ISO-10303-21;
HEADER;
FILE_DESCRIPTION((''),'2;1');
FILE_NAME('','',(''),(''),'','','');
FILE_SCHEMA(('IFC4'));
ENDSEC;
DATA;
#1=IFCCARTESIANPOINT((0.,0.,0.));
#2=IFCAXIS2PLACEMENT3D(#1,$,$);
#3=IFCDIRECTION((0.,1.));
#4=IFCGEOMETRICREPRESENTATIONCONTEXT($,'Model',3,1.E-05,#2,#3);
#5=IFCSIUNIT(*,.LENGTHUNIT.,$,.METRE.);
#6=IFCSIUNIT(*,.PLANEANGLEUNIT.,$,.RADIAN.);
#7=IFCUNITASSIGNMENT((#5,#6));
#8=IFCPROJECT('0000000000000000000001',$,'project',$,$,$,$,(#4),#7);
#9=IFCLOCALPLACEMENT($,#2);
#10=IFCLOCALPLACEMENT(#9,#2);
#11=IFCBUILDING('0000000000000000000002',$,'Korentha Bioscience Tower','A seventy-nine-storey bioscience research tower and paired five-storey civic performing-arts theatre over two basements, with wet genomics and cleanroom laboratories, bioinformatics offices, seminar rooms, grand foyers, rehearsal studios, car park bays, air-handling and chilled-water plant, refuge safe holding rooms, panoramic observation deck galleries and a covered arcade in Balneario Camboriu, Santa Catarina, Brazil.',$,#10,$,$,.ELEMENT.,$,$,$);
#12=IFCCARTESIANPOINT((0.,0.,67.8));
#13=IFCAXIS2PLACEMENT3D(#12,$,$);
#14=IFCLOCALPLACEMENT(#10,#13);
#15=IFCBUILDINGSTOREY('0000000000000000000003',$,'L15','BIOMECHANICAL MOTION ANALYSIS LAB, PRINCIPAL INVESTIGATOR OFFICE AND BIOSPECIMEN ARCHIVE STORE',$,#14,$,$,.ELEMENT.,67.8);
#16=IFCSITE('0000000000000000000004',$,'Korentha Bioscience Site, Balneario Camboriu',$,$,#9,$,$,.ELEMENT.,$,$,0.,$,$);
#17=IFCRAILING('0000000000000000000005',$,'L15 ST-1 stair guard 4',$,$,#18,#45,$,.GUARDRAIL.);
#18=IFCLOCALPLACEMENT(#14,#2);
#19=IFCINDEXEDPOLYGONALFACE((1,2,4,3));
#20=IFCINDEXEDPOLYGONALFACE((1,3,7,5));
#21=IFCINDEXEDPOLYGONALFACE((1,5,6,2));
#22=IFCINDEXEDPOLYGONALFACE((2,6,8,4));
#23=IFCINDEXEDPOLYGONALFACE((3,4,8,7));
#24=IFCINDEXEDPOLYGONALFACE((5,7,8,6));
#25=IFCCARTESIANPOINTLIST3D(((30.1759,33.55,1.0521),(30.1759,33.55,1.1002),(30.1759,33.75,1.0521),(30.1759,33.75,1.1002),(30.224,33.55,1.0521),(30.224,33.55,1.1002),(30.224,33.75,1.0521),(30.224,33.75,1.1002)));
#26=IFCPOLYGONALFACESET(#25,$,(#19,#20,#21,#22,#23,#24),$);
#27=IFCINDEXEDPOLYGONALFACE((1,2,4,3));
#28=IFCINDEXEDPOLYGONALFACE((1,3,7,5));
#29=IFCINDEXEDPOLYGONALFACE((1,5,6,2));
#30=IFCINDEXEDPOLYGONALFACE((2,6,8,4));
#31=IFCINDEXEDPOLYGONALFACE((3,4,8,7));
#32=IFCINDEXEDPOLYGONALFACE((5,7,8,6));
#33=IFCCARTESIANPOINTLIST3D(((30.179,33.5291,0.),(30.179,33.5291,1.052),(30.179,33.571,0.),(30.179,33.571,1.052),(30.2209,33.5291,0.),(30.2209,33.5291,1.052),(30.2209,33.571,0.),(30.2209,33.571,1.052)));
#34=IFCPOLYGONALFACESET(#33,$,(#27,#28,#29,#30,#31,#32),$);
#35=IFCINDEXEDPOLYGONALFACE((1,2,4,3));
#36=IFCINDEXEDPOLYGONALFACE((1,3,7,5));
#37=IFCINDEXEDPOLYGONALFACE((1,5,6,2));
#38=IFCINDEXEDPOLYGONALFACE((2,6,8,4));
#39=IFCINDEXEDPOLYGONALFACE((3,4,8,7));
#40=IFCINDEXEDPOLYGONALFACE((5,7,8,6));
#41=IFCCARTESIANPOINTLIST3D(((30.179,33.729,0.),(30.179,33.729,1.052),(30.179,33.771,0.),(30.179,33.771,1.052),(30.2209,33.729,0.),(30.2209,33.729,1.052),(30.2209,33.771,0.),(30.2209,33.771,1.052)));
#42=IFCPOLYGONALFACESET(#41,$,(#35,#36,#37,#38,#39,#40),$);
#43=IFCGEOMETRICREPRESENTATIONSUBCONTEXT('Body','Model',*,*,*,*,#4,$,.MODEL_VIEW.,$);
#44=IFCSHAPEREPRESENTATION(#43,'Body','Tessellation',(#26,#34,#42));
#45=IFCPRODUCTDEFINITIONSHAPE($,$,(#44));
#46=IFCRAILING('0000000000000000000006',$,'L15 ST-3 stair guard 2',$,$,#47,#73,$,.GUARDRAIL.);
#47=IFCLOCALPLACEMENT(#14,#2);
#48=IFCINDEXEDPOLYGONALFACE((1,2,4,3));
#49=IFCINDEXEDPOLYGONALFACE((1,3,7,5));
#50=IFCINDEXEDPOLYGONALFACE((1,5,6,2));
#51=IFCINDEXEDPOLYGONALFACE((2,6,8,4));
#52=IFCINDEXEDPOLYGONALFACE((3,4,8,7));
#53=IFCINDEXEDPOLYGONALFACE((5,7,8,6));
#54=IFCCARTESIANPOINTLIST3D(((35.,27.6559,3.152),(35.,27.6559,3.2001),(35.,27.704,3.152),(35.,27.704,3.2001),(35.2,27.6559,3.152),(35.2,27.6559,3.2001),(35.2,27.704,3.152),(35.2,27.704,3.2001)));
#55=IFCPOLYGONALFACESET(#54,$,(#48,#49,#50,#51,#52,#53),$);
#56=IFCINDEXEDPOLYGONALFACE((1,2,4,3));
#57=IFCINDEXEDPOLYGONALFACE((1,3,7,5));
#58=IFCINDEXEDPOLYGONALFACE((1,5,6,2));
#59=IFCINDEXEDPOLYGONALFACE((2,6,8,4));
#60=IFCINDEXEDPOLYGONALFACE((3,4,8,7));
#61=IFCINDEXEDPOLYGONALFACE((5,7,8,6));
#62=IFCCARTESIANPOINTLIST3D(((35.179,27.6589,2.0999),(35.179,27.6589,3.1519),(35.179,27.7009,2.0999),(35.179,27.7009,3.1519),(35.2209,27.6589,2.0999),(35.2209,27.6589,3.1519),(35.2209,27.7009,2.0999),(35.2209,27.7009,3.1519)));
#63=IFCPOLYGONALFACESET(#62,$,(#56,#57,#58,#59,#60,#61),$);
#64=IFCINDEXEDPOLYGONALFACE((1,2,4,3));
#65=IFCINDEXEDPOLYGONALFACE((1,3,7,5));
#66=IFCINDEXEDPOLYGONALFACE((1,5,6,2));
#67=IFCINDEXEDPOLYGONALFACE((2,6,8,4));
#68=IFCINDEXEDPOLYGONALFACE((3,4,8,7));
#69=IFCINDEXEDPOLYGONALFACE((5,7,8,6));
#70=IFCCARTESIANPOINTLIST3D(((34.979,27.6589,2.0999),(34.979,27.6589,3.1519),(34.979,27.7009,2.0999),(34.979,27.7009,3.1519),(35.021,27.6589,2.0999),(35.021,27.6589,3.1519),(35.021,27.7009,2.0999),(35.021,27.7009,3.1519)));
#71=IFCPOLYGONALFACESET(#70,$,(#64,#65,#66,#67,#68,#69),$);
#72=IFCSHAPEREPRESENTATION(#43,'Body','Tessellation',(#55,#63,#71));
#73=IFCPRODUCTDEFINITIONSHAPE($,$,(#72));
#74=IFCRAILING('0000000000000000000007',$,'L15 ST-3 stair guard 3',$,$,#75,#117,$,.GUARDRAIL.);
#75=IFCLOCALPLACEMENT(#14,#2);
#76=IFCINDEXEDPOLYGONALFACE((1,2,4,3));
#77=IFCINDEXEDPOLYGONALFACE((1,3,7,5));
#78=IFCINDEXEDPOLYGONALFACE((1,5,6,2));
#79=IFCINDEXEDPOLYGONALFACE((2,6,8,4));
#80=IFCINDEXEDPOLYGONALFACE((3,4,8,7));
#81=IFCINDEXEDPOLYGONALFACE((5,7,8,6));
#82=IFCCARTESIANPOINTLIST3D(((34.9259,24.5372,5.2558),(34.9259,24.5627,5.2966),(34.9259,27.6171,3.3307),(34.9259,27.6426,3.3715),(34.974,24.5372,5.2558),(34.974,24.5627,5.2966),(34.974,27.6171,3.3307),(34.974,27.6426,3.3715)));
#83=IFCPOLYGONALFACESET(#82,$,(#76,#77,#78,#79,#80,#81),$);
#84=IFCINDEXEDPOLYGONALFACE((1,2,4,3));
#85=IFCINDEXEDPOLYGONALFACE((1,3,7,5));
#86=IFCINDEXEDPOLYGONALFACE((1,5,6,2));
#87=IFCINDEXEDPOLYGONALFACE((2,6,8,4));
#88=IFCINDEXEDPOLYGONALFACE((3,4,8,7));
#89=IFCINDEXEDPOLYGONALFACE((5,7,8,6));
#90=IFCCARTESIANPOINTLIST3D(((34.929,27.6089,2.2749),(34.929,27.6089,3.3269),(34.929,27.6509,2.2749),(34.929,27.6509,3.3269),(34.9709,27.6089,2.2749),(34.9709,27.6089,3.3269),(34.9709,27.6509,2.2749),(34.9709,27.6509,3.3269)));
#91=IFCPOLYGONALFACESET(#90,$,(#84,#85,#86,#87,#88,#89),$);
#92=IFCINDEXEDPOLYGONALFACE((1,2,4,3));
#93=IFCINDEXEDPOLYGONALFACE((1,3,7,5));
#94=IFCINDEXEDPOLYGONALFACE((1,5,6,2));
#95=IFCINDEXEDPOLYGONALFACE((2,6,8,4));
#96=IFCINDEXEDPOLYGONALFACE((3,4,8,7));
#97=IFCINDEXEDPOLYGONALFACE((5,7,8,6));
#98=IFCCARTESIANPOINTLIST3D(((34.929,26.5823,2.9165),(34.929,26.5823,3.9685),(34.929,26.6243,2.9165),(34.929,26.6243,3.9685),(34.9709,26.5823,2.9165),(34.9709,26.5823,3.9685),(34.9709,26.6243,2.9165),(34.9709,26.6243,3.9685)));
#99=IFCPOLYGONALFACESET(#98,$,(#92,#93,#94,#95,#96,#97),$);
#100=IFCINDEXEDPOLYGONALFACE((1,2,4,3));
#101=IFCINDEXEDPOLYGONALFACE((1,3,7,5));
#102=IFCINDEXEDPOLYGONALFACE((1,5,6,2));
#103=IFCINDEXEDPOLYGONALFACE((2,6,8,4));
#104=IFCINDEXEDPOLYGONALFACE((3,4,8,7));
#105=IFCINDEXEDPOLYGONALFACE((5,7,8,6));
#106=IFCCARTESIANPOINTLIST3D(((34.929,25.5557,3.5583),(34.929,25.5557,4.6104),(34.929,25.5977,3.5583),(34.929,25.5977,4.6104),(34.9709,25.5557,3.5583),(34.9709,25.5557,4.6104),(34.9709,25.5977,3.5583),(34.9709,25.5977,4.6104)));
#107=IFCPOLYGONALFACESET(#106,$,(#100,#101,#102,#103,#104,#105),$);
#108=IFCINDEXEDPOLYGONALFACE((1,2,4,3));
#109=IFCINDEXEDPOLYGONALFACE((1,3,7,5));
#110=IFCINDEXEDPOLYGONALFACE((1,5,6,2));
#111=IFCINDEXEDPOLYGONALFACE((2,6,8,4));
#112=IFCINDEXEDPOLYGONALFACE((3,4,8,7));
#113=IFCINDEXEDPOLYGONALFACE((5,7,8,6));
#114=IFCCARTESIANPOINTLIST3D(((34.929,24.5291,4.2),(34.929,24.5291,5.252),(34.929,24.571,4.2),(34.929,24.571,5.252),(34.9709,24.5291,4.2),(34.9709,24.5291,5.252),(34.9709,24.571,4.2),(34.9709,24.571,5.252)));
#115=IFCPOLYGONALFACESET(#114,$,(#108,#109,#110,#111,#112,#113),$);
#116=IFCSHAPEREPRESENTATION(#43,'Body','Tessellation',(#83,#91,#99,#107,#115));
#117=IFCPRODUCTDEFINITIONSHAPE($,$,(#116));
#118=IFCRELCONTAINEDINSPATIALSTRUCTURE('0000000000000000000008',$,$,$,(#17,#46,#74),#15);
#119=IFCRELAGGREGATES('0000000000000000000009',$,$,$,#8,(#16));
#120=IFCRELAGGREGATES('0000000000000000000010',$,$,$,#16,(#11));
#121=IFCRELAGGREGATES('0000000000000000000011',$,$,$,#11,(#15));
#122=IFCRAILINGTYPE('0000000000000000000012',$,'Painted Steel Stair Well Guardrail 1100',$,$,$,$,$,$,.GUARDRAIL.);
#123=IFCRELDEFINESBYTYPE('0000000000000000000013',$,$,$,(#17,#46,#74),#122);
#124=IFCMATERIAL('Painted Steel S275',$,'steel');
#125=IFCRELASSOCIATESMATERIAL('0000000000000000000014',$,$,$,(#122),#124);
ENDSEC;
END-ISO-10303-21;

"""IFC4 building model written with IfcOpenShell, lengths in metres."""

from ifc_helpers import new_model, si_unit, direction, frame, origin, origin_2d, place, context, subcontext, project, spatial, rectangle, extrude, material, type_object, element, save


model = new_model("IFC4")

# Units and contexts
model_context = context("Model", 3, precision=1e-05, world=origin(), true_north=direction((0.0, 1.0)))
body_context = subcontext(model_context, "Body", "Model", "MODEL_VIEW")
ifc_project = project(units=[si_unit("LENGTHUNIT", "METRE"), si_unit("PLANEANGLEUNIT", "RADIAN")], contexts=[model_context])

# Site, building, storey
site_placement = place(None, origin())
site = spatial("IfcSite", under=ifc_project, at=site_placement, Name="Korentha Bioscience Site, Balneario Camboriu", CompositionType="ELEMENT", RefElevation=0.0)
building_placement = place(site_placement, origin())
building = spatial("IfcBuilding", under=site, at=building_placement, Name="Korentha Bioscience Tower", Description="A seventy-nine-storey bioscience research tower and paired five-storey civic performing-arts theatre over two basements, with wet genomics and cleanroom laboratories, bioinformatics offices, seminar rooms, grand foyers, rehearsal studios, car park bays, air-handling and chilled-water plant, refuge safe holding rooms, panoramic observation deck galleries and a covered arcade in Balneario Camboriu, Santa Catarina, Brazil.", CompositionType="ELEMENT")
storey_placement = place(building_placement, frame((0.0, 0.0, 67.8)))
storey = spatial("IfcBuildingStorey", under=building, at=storey_placement, Name="L15", Description="BIOMECHANICAL MOTION ANALYSIS LAB, PRINCIPAL INVESTIGATOR OFFICE AND BIOSPECIMEN ARCHIVE STORE", CompositionType="ELEMENT", Elevation=67.8)

# Railings
ifc_material_1 = material(Name="Painted Steel S275", Category="steel")
railing_type_1 = type_object("IfcRailingType", Name="Painted Steel Stair Well Guardrail 1100", PredefinedType="GUARDRAIL", material=ifc_material_1)
railing_1_placement = place(storey_placement, frame((30.2, 33.55, 0.0)))
element("IfcRailing", 1, at=railing_1_placement, inside=storey, type_object=railing_type_1, Name="L15 ST-1 stair guard 4", PredefinedType="GUARDRAIL", context=body_context, shape_type="SweptSolid", body=[
    extrude(rectangle(XDim=0.0481, YDim=0.0481, at=origin_2d()), frame((0.0, 0.0, 1.0762), z_axis=(0.0, 1.0, 0.0), x_axis=(-1.0, 0.0, 0.0)), (0.0, 0.0, 1.0), 0.2),
    extrude(rectangle(XDim=0.042, YDim=0.042, at=origin_2d()), origin(), (0.0, 0.0, 1.0), 1.052),
    extrude(rectangle(XDim=0.042, YDim=0.042, at=origin_2d()), frame((0.0, 0.2, 0.0)), (0.0, 0.0, 1.0), 1.052),
])
railing_2_placement = place(storey_placement, frame((35.2, 27.6799, 2.0999)))
element("IfcRailing", 2, at=railing_2_placement, inside=storey, type_object=railing_type_1, Name="L15 ST-3 stair guard 2", PredefinedType="GUARDRAIL", context=body_context, shape_type="SweptSolid", body=[
    extrude(rectangle(XDim=0.0481, YDim=0.0481, at=origin_2d()), frame((0.0, 0.0, 1.0762), z_axis=(-1.0, 0.0, 0.0), x_axis=(0.0, -1.0, 0.0)), (0.0, 0.0, 1.0), 0.2),
    extrude(rectangle(XDim=0.042, YDim=0.042, at=origin_2d()), origin(), (0.0, 0.0, 1.0), 1.052),
    extrude(rectangle(XDim=0.042, YDim=0.042, at=origin_2d()), frame((-0.2, 0.0, 0.0)), (0.0, 0.0, 1.0), 1.052),
])
railing_3_placement = place(storey_placement, frame((34.95, 27.6299, 2.2749)))
element("IfcRailing", 3, at=railing_3_placement, inside=storey, type_object=railing_type_1, Name="L15 ST-3 stair guard 3", PredefinedType="GUARDRAIL", context=body_context, shape_type="SweptSolid", body=[
    extrude(rectangle(XDim=0.0481, YDim=0.0481, at=origin_2d()), frame((0.0, 0.0, 1.0762), z_axis=(0.0, -0.847979, 0.530029), x_axis=(1.0, 0.0, 0.0)), (0.0, 0.0, 1.0), 3.6321),
    extrude(rectangle(XDim=0.042, YDim=0.042, at=origin_2d()), origin(), (0.0, 0.0, 1.0), 1.052),
    extrude(rectangle(XDim=0.042, YDim=0.042, at=origin_2d()), frame((0.0, -1.0266, 0.6416)), (0.0, 0.0, 1.0), 1.052),
    extrude(rectangle(XDim=0.042, YDim=0.042, at=origin_2d()), frame((0.0, -2.0532, 1.2834)), (0.0, 0.0, 1.0), 1.052),
    extrude(rectangle(XDim=0.042, YDim=0.042, at=origin_2d()), frame((0.0, -3.0798, 1.925)), (0.0, 0.0, 1.0), 1.052),
])

save(model, "model.ifc")
